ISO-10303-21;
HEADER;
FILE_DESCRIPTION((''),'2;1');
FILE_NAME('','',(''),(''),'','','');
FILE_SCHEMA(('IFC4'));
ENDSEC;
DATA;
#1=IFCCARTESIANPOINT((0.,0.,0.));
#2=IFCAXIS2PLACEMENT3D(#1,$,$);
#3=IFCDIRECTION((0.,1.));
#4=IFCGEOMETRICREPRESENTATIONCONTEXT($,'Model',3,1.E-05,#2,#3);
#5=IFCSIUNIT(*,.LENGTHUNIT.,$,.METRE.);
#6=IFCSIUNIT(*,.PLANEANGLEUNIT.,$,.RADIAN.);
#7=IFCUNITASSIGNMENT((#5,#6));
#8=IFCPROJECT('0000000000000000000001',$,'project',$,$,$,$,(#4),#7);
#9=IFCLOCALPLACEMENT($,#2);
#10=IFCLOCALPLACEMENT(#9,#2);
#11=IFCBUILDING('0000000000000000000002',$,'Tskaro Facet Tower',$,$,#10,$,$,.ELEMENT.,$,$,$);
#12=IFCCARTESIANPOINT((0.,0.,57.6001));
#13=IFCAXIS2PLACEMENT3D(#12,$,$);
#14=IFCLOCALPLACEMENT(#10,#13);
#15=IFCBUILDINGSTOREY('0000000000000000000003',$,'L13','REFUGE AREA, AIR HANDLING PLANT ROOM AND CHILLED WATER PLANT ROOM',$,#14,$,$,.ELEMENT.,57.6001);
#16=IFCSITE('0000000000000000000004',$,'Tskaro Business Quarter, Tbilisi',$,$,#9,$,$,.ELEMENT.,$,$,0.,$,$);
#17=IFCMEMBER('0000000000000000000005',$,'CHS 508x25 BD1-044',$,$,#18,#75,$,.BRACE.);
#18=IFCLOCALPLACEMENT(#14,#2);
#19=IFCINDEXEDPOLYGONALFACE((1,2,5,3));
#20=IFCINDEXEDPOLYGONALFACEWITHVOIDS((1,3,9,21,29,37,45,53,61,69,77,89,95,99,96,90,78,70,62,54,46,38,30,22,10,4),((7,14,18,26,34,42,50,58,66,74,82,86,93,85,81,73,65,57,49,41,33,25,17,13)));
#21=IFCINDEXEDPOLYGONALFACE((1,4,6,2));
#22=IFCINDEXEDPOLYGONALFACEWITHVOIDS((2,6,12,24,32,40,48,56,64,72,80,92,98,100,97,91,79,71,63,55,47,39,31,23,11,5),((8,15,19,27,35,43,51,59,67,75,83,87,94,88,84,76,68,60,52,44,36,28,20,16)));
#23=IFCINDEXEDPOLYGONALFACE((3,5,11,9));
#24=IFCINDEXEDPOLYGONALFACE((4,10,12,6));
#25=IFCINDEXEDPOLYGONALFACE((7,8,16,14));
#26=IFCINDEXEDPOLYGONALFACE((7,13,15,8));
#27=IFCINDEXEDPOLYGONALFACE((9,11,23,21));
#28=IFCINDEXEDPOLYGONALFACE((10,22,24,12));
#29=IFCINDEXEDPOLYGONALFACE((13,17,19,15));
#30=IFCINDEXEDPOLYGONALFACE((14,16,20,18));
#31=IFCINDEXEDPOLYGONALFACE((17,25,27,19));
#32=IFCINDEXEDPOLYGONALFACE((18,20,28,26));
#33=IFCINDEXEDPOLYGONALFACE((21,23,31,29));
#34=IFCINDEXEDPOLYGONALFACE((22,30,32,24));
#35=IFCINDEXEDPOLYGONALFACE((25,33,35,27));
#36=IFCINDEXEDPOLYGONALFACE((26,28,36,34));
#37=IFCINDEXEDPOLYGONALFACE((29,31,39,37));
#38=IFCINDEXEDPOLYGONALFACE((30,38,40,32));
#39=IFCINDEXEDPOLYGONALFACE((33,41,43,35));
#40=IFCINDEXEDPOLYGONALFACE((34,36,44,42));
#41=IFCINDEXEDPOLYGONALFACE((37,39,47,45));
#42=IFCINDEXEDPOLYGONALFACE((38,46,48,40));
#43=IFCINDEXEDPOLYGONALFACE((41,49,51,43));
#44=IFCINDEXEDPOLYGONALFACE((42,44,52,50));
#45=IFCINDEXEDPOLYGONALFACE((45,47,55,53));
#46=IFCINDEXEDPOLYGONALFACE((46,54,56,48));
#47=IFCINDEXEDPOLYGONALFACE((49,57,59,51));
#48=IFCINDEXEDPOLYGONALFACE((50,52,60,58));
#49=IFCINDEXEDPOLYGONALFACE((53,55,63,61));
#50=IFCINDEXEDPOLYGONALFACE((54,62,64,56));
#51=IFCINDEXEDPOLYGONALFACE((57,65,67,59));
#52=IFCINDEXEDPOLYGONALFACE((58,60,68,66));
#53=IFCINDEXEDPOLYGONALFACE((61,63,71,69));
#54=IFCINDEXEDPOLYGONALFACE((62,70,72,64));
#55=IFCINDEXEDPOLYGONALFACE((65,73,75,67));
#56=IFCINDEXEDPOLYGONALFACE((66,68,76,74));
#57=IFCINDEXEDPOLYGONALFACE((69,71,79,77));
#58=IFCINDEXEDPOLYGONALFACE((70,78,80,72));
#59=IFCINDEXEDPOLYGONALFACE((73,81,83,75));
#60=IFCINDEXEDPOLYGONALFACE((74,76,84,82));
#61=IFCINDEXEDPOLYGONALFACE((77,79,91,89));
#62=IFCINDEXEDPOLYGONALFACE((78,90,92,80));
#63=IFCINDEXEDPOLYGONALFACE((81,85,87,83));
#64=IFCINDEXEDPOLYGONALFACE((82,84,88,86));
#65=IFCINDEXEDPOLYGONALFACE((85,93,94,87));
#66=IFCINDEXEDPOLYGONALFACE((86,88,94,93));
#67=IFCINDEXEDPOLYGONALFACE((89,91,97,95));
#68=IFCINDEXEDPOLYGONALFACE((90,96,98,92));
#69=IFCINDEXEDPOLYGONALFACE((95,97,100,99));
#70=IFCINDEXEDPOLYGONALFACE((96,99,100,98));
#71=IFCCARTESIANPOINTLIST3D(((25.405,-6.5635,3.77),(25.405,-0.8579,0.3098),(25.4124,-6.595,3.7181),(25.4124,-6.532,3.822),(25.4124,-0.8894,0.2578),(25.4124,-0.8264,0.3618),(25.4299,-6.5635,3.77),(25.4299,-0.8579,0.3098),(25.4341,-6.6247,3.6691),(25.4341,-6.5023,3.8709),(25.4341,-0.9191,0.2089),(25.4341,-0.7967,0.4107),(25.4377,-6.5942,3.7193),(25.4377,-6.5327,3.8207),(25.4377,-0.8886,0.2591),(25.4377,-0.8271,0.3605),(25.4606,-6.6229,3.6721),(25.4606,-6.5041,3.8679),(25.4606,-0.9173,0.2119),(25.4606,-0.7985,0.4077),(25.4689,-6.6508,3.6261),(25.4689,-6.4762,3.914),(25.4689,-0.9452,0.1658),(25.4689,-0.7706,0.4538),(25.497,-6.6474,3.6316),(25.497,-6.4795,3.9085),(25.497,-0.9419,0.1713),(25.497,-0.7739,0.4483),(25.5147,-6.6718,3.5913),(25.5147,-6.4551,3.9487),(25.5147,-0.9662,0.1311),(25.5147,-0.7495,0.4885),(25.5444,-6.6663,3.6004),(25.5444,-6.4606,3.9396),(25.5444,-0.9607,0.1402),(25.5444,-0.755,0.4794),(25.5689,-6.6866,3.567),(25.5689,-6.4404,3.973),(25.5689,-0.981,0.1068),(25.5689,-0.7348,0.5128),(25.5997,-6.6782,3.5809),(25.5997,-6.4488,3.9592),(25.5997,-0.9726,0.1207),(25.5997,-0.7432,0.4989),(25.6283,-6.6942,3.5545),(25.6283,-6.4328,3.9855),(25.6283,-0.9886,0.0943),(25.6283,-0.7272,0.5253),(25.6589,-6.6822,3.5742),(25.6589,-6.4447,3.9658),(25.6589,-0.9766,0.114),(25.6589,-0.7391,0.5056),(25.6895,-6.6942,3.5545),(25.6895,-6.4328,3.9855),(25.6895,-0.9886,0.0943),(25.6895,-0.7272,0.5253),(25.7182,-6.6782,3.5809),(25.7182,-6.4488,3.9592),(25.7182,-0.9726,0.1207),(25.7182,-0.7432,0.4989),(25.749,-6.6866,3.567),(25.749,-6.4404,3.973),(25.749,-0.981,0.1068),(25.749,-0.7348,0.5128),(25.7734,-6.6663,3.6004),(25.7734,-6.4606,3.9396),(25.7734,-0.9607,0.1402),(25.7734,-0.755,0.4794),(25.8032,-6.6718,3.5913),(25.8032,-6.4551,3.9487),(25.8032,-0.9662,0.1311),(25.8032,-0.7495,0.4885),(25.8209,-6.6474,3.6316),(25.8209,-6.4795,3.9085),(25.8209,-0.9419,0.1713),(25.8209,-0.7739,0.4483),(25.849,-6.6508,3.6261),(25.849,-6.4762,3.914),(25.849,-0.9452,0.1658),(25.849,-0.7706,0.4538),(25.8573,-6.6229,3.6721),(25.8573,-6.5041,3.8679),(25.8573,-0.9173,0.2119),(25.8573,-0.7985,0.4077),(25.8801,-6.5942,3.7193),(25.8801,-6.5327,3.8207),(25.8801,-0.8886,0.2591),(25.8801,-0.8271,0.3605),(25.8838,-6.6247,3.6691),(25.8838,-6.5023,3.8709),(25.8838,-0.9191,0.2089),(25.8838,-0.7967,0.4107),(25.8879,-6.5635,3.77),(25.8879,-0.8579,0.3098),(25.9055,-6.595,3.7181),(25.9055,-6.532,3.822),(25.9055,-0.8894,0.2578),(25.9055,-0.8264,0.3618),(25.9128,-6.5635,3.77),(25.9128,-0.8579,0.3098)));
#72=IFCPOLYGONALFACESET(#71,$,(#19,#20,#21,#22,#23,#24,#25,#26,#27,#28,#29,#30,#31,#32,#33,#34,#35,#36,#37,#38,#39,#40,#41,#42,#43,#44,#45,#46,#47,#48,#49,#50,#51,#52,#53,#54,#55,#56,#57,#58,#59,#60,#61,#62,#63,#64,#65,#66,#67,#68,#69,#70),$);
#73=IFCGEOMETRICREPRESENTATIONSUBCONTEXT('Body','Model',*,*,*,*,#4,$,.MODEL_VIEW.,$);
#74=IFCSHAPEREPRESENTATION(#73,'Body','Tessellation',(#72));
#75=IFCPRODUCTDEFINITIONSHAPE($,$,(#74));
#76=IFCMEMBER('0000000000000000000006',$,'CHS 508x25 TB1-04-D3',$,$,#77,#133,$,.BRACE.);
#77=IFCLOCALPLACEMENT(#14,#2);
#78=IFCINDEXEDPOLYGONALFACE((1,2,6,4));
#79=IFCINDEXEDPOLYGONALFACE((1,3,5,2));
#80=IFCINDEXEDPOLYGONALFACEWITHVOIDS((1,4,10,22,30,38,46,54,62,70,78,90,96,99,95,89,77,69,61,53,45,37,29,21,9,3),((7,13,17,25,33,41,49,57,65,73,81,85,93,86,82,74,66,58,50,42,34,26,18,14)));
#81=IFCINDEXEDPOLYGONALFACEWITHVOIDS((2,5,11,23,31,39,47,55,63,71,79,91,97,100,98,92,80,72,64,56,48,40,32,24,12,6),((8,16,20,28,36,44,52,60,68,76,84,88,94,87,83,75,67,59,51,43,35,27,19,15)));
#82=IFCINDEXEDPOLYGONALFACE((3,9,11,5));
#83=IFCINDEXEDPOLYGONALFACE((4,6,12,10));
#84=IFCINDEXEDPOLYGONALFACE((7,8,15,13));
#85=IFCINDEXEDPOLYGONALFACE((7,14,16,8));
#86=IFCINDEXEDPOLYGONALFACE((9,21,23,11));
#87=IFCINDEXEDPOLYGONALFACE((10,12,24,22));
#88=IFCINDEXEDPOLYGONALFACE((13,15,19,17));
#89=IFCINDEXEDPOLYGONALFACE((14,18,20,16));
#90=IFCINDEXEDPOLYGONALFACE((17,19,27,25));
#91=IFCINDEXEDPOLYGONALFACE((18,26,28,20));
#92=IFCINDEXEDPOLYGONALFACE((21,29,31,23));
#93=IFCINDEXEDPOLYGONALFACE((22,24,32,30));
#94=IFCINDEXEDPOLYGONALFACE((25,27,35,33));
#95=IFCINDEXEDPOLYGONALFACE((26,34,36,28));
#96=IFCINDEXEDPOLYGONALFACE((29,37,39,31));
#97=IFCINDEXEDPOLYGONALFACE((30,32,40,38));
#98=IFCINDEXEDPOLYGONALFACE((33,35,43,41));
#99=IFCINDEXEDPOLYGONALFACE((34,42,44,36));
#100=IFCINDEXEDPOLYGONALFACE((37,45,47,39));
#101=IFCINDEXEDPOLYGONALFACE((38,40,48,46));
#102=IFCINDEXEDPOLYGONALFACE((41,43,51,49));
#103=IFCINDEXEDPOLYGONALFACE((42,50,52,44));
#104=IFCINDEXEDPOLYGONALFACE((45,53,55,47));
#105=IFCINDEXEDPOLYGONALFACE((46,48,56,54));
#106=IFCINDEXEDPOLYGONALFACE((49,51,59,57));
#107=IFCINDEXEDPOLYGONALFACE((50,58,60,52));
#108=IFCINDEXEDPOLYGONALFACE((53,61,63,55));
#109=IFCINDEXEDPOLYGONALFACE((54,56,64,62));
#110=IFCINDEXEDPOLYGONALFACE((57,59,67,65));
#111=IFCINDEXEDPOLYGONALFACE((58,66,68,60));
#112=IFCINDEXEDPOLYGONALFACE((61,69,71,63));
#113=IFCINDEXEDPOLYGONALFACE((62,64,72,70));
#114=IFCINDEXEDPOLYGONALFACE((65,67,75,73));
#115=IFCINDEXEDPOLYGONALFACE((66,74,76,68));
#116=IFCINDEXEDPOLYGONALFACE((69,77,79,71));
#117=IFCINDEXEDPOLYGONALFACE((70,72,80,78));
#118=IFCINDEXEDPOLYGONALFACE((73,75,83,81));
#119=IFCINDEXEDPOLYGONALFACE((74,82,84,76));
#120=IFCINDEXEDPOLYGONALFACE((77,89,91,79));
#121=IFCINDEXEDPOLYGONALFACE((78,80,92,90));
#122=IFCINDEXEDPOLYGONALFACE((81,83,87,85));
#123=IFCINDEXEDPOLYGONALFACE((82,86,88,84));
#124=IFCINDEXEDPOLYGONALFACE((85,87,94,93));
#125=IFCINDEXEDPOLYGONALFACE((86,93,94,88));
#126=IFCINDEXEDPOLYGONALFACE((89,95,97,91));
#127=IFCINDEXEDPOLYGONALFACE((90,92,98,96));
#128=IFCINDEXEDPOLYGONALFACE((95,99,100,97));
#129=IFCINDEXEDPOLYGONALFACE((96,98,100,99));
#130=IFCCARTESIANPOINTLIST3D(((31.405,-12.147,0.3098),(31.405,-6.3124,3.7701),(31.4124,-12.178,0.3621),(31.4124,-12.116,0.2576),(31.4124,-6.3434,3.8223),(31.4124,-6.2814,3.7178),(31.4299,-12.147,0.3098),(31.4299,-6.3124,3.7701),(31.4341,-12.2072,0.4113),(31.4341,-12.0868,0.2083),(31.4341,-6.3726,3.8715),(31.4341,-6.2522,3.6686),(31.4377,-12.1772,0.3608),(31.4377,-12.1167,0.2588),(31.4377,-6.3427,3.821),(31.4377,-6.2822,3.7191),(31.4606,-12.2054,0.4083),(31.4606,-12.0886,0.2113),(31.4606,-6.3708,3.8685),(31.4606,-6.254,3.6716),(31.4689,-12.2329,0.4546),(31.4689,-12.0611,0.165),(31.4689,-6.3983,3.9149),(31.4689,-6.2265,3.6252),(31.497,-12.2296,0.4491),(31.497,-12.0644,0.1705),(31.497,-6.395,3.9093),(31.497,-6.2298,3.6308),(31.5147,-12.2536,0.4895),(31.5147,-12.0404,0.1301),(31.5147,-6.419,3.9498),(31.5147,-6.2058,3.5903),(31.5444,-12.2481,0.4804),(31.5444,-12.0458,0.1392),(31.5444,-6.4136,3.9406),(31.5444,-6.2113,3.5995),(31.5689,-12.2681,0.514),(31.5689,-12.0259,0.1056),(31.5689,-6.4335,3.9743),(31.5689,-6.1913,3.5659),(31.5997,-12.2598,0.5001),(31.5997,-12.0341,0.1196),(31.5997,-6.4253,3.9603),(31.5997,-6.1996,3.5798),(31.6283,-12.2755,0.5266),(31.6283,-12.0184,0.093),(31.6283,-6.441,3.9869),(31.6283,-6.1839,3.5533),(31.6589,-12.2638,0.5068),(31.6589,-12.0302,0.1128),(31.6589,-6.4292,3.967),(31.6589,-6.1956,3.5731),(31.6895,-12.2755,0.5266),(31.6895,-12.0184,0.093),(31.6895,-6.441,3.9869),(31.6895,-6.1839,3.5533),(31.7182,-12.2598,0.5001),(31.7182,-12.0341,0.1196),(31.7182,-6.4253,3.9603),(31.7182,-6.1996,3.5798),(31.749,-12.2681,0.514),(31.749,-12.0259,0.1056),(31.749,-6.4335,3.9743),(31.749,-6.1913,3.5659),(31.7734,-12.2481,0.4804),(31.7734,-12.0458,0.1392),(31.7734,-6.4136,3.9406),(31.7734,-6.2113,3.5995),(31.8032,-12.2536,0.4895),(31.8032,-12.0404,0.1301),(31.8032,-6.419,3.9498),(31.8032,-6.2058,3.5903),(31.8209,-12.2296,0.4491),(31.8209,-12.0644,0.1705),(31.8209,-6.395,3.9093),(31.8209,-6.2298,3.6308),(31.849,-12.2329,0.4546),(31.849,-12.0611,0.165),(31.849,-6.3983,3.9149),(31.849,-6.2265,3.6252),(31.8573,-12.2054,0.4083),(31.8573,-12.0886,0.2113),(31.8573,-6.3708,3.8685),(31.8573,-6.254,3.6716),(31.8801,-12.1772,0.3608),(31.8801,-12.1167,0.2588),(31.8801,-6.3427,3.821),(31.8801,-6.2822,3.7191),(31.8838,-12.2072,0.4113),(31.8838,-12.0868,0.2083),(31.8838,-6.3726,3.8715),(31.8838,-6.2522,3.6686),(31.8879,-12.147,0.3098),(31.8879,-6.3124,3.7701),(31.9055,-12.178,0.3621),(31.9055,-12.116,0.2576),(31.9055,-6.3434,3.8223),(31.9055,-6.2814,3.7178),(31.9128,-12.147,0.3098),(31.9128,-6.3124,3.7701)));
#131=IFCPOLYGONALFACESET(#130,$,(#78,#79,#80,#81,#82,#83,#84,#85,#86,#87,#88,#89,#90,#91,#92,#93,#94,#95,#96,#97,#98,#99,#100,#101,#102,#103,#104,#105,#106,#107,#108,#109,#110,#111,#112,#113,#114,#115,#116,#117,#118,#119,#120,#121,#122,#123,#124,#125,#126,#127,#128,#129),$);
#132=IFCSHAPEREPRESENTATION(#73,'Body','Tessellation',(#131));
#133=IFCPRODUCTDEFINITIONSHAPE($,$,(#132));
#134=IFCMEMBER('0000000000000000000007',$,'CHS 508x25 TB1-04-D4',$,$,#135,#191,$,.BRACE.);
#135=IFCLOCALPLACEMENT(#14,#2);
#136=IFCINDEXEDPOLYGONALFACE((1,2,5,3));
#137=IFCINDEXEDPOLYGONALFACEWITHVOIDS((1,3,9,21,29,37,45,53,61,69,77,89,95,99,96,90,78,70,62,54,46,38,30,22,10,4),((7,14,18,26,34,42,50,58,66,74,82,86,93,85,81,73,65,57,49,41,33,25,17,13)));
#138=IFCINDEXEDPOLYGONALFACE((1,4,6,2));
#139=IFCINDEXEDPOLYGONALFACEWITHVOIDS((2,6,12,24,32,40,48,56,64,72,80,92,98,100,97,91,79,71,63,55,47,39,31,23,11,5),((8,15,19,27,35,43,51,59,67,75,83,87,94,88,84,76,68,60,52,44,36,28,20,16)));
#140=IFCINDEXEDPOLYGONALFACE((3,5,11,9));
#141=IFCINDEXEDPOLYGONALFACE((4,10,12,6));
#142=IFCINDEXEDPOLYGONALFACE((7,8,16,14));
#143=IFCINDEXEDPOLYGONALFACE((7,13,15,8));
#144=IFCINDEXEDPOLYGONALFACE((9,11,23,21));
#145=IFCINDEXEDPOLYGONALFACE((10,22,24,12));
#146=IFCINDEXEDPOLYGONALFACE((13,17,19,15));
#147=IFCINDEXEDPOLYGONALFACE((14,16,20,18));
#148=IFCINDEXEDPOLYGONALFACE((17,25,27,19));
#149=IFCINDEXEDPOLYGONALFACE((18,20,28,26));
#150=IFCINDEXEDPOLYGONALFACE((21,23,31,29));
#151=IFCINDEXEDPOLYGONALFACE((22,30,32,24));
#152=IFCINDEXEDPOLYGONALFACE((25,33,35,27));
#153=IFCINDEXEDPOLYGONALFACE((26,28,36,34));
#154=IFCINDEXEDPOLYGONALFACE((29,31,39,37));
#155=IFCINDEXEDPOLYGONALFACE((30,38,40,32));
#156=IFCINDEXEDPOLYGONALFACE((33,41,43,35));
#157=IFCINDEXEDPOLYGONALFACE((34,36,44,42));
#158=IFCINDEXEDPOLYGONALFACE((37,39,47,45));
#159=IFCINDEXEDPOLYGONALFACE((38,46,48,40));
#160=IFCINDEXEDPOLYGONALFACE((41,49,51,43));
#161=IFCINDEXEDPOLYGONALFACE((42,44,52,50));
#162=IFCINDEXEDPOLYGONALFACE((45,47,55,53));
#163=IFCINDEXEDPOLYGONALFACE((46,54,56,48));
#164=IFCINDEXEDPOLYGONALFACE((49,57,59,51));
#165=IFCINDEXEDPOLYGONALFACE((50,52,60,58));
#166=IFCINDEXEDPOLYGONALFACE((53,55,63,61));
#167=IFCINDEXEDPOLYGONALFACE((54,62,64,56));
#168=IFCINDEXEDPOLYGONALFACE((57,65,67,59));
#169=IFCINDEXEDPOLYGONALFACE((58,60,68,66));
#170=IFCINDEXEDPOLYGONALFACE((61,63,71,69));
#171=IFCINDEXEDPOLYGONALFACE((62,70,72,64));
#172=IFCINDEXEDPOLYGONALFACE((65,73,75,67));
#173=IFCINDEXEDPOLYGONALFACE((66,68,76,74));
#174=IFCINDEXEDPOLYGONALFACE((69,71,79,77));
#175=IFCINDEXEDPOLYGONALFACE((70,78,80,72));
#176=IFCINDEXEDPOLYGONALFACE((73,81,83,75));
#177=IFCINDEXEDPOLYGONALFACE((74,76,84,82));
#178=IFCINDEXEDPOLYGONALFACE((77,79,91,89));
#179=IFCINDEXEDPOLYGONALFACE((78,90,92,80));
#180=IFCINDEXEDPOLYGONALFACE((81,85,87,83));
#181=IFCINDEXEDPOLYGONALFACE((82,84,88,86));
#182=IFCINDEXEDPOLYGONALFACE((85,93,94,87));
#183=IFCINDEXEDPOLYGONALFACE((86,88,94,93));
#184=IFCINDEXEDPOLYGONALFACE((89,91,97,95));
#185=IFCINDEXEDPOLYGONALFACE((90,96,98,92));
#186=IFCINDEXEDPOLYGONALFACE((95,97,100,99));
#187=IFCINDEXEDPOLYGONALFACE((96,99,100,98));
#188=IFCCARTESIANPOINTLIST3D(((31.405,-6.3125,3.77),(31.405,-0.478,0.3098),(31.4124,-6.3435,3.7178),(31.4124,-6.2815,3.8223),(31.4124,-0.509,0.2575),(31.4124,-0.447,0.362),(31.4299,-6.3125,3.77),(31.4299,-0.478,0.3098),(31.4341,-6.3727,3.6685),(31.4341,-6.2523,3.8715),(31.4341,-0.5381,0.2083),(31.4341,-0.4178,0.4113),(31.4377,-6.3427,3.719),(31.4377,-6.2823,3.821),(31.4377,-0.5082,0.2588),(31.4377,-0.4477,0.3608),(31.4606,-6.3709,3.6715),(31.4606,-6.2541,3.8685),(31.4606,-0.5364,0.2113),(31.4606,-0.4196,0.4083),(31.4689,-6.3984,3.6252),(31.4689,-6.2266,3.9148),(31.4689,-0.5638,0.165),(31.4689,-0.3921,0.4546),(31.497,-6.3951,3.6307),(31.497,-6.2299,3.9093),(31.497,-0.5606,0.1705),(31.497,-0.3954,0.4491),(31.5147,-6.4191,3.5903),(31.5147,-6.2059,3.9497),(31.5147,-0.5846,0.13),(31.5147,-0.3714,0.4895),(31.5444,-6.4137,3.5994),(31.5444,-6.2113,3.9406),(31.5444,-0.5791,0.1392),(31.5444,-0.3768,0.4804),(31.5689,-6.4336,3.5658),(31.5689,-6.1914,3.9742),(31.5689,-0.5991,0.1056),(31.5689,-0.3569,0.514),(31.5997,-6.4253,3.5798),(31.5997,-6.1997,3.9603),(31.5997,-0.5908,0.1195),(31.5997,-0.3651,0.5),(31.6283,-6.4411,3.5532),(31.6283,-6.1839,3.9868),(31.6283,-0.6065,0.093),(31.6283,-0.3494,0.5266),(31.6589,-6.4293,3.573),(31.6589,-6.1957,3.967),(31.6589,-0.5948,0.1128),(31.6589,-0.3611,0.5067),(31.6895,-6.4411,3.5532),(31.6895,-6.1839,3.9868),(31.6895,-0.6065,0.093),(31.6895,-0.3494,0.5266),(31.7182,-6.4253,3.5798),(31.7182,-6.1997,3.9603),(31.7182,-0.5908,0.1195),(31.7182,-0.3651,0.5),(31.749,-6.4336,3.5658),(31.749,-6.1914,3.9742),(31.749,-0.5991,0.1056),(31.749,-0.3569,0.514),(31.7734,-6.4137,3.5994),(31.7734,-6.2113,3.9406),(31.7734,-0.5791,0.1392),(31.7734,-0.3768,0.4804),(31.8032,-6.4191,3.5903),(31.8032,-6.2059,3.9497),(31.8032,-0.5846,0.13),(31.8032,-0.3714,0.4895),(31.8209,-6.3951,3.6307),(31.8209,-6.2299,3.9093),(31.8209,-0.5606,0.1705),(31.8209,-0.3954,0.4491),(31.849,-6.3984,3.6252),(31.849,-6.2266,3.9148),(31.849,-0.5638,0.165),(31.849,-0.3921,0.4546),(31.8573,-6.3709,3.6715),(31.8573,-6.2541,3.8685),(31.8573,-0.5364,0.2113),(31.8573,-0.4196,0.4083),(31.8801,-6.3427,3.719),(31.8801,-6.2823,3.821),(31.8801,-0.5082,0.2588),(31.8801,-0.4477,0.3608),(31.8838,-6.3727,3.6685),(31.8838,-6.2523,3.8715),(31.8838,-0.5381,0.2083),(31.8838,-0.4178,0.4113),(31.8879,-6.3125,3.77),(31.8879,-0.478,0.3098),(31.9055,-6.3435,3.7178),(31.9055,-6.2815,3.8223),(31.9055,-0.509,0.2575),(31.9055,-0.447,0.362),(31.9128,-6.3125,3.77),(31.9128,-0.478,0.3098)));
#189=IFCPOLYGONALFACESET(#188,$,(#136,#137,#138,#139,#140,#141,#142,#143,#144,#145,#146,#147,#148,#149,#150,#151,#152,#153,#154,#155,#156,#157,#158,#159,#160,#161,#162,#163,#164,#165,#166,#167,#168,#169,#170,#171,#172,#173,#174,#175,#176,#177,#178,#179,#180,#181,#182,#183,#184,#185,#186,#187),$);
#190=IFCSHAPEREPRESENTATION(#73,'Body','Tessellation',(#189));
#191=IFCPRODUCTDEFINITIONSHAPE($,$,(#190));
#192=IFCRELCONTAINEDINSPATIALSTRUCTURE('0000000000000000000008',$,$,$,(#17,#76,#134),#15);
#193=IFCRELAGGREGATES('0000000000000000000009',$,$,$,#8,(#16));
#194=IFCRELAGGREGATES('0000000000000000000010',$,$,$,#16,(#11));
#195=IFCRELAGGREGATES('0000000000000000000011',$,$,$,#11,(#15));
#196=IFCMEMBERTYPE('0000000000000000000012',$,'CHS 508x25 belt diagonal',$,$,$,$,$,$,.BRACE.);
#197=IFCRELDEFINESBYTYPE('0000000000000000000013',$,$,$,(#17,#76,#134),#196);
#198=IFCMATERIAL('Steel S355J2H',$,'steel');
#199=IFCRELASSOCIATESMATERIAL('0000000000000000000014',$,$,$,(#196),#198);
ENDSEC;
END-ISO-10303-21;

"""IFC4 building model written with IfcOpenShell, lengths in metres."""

from ifc_helpers import new_model, si_unit, direction, frame, origin, origin_2d, place, context, subcontext, project, spatial, hollow_circle, extrude, material, material_profile, profile_set, type_object, element, save


model = new_model("IFC4")

# Units and contexts
model_context = context("Model", 3, precision=1e-05, world=origin(), true_north=direction((0.0, 1.0)))
body_context = subcontext(model_context, "Body", "Model", "MODEL_VIEW")
ifc_project = project(units=[si_unit("LENGTHUNIT", "METRE"), si_unit("PLANEANGLEUNIT", "RADIAN")], contexts=[model_context])

# Site, building, storey
site_placement = place(None, origin())
site = spatial("IfcSite", under=ifc_project, at=site_placement, Name="Tskaro Business Quarter, Tbilisi", CompositionType="ELEMENT", RefElevation=0.0)
building_placement = place(site_placement, origin())
building = spatial("IfcBuilding", under=site, at=building_placement, Name="Tskaro Facet Tower", CompositionType="ELEMENT")
storey_placement = place(building_placement, frame((0.0, 0.0, 57.6001)))
storey = spatial("IfcBuildingStorey", under=building, at=storey_placement, Name="L13", Description="REFUGE AREA, AIR HANDLING PLANT ROOM AND CHILLED WATER PLANT ROOM", CompositionType="ELEMENT", Elevation=57.6001)

# Shared definitions
ifc_material_1 = material(Name="Steel S355J2H", Category="steel")

# Members
ifc_material_profile_1 = material_profile(ifc_material_1, hollow_circle(Radius=0.2539, WallThickness=0.0249, at=origin_2d()), Name="CHS 508x25")
ifc_profile_set_1 = profile_set([ifc_material_profile_1], Name="Steel S355J2H")
member_type_1 = type_object("IfcMemberType", Name="CHS 508x25 belt diagonal", PredefinedType="BRACE", material=ifc_profile_set_1)
for number, where, z_axis, x_axis, name in (
    (1, (25.6589, -6.5635, 3.77), (0.0, 0.855046, -0.518552), (-1.0, 0.0, 0.0), "CHS 508x25 BD1-044"),
):
    element("IfcMember", number, at=place(storey_placement, frame(where, z_axis=z_axis, x_axis=x_axis)), inside=storey, type_object=member_type_1, Name=name, PredefinedType="BRACE", context=body_context, shape_type="SweptSolid", body=[
        extrude(hollow_circle(Radius=0.2539, WallThickness=0.0249, at=origin_2d()), origin(), (0.0, 0.0, 1.0), 6.6729),
    ])
for number, where, z_axis, x_axis, name in (
    (2, (31.6589, -12.147, 0.3098), (0.0, 0.860114, 0.510101), (-1.0, 0.0, 0.0), "CHS 508x25 TB1-04-D3"),
    (3, (31.6589, -6.3125, 3.77), (0.0, 0.860114, -0.510101), (-1.0, 0.0, 0.0), "CHS 508x25 TB1-04-D4"),
):
    element("IfcMember", number, at=place(storey_placement, frame(where, z_axis=z_axis, x_axis=x_axis)), inside=storey, type_object=member_type_1, Name=name, PredefinedType="BRACE", context=body_context, shape_type="SweptSolid", body=[
        extrude(hollow_circle(Radius=0.2539, WallThickness=0.0249, at=origin_2d()), origin(), (0.0, 0.0, 1.0), 6.7834),
    ])

save(model, "model.ifc")
